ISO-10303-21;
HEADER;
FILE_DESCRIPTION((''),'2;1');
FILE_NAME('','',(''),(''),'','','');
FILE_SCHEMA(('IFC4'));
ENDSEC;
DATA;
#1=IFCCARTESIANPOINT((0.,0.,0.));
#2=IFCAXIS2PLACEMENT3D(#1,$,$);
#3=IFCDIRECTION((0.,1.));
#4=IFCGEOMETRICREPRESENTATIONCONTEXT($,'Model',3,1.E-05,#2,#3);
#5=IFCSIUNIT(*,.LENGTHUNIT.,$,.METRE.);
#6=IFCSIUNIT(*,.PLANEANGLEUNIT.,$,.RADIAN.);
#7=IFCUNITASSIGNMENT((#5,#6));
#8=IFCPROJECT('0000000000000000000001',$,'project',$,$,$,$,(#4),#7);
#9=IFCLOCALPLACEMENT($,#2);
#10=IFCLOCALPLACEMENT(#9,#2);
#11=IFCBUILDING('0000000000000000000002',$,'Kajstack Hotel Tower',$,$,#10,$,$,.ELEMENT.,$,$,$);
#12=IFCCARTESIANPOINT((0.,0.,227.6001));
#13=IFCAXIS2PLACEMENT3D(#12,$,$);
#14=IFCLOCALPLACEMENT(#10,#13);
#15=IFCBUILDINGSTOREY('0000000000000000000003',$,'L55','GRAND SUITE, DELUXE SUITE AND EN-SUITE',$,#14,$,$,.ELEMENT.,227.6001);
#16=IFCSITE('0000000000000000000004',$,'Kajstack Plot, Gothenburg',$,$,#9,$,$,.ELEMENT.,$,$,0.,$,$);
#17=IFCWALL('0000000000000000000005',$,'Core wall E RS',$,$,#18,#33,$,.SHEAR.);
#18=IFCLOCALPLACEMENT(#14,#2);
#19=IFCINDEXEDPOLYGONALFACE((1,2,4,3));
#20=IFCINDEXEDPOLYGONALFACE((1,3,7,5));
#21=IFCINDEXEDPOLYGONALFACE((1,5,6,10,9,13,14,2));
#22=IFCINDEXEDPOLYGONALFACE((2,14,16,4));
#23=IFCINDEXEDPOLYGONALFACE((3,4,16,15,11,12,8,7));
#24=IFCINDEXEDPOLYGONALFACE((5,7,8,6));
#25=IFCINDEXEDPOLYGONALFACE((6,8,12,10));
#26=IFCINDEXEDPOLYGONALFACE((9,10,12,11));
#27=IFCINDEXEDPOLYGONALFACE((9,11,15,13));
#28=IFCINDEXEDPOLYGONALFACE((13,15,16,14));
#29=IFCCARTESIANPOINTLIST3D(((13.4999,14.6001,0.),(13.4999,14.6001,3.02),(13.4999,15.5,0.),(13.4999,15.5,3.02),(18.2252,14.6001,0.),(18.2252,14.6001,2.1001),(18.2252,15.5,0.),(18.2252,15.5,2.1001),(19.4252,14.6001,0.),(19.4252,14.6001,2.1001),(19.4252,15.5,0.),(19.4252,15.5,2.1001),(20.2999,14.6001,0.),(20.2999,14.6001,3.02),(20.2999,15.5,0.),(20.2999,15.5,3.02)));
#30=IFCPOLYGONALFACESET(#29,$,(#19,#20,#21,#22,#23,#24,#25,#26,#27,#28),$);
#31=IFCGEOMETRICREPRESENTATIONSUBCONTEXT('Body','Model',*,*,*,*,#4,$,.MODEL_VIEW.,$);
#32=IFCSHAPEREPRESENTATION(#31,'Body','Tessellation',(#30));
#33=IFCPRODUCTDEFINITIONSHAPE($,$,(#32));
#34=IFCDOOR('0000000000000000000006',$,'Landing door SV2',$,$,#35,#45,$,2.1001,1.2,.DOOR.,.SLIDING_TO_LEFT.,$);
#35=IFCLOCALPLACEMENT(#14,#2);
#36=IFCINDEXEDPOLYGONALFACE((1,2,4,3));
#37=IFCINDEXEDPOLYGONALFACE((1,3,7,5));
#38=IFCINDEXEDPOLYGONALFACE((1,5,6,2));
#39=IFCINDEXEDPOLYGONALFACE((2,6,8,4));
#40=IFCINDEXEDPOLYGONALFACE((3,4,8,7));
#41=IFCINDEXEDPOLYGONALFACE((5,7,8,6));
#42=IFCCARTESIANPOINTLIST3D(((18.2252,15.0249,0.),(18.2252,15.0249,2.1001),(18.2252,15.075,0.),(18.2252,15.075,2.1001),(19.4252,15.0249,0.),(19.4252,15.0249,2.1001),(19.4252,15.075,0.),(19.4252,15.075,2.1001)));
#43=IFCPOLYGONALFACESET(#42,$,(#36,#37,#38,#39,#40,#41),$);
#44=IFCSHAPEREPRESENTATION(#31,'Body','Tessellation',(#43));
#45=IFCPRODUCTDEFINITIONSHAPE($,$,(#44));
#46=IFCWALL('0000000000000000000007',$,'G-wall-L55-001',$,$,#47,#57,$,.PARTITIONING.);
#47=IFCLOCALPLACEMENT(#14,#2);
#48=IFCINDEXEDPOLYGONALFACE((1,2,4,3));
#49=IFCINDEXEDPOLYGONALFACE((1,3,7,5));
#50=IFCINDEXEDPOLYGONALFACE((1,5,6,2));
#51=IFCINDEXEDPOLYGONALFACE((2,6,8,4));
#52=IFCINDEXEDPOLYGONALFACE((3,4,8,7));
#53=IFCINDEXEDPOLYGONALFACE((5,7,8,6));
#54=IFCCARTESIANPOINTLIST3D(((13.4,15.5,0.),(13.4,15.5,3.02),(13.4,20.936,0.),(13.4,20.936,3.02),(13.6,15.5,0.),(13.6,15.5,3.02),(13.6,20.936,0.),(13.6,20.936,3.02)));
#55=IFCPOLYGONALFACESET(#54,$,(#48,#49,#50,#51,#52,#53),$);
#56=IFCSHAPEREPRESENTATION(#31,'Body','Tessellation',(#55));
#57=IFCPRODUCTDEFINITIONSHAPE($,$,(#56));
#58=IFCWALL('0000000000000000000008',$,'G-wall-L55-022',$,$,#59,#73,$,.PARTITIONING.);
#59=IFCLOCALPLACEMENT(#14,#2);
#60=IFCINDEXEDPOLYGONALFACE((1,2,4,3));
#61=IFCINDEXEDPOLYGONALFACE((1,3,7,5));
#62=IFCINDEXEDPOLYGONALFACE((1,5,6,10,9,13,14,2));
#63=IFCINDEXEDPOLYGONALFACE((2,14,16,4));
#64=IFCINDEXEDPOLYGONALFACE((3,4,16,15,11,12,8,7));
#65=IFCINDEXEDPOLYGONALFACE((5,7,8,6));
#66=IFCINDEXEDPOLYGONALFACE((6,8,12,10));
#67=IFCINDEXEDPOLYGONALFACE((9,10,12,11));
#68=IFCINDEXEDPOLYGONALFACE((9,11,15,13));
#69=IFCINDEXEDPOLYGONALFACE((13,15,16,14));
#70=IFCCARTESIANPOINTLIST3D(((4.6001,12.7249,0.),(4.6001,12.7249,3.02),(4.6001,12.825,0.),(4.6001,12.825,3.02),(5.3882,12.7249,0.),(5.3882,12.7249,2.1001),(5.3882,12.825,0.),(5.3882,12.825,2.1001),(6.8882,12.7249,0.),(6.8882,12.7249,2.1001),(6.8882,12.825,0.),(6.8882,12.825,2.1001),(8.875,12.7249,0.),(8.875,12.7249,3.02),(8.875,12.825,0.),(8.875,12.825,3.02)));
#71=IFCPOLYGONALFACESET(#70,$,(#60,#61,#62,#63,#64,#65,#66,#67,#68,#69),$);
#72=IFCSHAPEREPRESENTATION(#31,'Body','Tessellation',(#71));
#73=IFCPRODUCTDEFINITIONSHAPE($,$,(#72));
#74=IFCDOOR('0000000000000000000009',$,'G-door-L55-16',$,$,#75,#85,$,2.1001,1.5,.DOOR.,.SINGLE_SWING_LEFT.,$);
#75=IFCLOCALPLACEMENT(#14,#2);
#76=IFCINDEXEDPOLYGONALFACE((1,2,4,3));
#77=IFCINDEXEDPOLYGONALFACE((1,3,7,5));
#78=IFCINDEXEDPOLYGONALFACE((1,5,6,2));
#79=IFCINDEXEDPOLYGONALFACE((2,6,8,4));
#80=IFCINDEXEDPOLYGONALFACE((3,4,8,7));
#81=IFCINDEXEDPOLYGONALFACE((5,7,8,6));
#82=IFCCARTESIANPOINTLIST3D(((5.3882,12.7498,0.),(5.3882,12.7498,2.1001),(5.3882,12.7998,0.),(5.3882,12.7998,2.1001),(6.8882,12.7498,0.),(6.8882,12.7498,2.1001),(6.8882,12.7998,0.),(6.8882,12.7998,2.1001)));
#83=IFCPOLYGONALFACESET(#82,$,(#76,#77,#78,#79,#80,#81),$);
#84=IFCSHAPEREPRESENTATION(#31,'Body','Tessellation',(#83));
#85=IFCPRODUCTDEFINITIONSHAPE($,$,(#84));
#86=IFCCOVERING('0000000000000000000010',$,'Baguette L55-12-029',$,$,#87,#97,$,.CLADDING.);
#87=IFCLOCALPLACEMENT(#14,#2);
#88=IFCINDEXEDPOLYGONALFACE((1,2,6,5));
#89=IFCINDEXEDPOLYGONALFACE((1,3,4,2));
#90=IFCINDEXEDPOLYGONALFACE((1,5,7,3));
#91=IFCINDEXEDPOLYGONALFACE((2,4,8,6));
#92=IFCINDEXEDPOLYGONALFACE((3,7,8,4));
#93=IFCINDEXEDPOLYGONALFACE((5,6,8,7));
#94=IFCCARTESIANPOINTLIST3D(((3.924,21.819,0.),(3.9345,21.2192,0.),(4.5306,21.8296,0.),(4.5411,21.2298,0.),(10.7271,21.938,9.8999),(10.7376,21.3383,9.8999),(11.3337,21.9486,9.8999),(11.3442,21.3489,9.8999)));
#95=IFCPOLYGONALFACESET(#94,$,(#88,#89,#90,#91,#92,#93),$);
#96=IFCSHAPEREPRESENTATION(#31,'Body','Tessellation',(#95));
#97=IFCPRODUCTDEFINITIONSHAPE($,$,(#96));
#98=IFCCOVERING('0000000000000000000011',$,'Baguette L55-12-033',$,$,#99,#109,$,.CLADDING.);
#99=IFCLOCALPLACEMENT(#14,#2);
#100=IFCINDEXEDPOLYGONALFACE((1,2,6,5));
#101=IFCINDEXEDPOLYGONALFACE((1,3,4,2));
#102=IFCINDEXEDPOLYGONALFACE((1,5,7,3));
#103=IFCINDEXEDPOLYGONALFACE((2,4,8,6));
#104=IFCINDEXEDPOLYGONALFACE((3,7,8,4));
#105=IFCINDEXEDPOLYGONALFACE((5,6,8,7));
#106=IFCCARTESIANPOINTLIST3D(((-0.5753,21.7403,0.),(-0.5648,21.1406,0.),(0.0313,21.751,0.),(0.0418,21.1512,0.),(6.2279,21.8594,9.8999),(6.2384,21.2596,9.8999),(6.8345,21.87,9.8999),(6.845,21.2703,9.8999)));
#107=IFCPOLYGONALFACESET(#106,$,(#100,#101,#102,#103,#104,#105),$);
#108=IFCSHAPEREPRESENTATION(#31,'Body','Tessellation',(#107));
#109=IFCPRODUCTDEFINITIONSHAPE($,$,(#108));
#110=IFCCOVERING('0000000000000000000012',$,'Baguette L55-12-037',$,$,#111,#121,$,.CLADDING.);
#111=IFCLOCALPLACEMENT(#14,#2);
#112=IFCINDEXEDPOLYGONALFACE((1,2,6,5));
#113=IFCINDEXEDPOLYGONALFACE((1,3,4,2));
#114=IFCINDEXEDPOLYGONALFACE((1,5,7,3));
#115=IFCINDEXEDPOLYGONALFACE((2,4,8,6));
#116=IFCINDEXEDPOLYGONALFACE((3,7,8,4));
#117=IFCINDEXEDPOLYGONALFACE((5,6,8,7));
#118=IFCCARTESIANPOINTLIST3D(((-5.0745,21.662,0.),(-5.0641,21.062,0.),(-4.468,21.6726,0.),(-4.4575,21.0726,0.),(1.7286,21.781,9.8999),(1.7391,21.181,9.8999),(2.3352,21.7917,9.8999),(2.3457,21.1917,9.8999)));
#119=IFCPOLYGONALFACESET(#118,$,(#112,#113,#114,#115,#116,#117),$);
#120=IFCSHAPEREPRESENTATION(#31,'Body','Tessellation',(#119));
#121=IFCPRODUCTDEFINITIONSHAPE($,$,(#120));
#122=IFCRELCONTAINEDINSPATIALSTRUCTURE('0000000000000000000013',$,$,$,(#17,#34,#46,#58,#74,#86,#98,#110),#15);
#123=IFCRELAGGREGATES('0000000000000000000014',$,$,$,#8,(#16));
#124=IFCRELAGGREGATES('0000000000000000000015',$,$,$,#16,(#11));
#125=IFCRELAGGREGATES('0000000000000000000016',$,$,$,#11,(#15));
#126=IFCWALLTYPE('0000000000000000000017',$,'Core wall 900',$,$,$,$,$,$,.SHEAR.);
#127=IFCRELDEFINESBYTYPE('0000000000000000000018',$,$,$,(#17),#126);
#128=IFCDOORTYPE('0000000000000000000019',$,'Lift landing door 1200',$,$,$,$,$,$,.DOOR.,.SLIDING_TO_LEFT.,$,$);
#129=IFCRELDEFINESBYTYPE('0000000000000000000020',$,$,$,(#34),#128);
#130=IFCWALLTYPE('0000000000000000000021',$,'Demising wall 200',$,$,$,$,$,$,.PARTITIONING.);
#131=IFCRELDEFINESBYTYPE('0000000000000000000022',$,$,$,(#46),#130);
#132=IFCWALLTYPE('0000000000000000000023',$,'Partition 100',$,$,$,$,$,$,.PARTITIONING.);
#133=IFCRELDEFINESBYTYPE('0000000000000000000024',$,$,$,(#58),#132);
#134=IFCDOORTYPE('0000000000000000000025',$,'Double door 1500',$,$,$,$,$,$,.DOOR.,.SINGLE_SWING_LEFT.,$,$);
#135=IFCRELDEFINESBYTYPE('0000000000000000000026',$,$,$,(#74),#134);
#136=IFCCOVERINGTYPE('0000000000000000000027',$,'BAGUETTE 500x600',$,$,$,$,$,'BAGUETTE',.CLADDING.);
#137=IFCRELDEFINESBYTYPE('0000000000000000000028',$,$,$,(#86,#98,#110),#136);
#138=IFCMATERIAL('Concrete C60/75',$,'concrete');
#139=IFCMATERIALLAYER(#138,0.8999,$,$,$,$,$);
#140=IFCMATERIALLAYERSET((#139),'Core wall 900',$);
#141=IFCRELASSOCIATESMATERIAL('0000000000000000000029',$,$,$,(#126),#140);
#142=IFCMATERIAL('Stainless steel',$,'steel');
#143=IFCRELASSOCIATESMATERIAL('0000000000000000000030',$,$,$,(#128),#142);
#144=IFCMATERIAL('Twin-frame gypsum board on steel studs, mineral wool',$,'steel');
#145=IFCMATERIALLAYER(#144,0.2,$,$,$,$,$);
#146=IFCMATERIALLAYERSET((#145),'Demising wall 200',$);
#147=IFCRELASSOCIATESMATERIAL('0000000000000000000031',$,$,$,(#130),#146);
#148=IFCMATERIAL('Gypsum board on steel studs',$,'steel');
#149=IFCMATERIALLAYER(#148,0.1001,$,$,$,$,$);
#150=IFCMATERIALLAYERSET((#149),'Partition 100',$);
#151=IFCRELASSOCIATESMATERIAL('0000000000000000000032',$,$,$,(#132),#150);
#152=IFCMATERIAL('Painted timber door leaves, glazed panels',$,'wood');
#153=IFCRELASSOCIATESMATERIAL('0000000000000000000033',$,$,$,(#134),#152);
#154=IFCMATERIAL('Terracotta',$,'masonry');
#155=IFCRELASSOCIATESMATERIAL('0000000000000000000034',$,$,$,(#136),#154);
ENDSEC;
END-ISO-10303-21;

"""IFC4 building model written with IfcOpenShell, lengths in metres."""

from ifc_helpers import new_model, si_unit, direction, frame, frame_2d, origin, origin_2d, place, context, subcontext, project, spatial, polyline, rectangle, outline, extrude, material, layer, layer_set, material_profile, profile_set, type_object, element, fill, save


model = new_model("IFC4")

# Units and contexts
model_context = context("Model", 3, precision=1e-05, world=origin(), true_north=direction((0.0, 1.0)))
body_context = subcontext(model_context, "Body", "Model", "MODEL_VIEW")
ifc_project = project(units=[si_unit("LENGTHUNIT", "METRE"), si_unit("PLANEANGLEUNIT", "RADIAN")], contexts=[model_context])

# Site, building, storey
site_placement = place(None, origin())
site = spatial("IfcSite", under=ifc_project, at=site_placement, Name="Kajstack Plot, Gothenburg", CompositionType="ELEMENT", RefElevation=0.0)
building_placement = place(site_placement, origin())
building = spatial("IfcBuilding", under=site, at=building_placement, Name="Kajstack Hotel Tower", CompositionType="ELEMENT")
storey_placement = place(building_placement, frame((0.0, 0.0, 227.6001)))
storey = spatial("IfcBuildingStorey", under=building, at=storey_placement, Name="L55", Description="GRAND SUITE, DELUXE SUITE AND EN-SUITE", CompositionType="ELEMENT", Elevation=227.6001)

# Wall, opening, door
ifc_material_1 = material(Name="Concrete C60/75", Category="concrete")
ifc_layer_1 = layer(ifc_material_1, 0.8999)
ifc_layer_set_1 = layer_set([ifc_layer_1], Name="Core wall 900")
wall_type_1 = type_object("IfcWallType", Name="Core wall 900", PredefinedType="SHEAR", material=ifc_layer_set_1)
wall_1_placement = place(storey_placement, frame((13.5, 15.05, 0.0), z_axis=(0.0, 0.0, 1.0), x_axis=(1.0, 0.0, 0.0)))
wall_1 = element("IfcWall", 1, at=wall_1_placement, inside=storey, type_object=wall_type_1, Name="Core wall E RS", PredefinedType="SHEAR", context=body_context, shape_type="SweptSolid", body=[
    extrude(rectangle(XDim=6.8, YDim=0.8999, at=frame_2d((3.3999, 0.0))), origin(), (0.0, 0.0, 1.0), 3.02),
])
opening_1_placement = place(wall_1_placement, frame((4.7251, 0.0, 0.0)))
opening_1 = element("IfcOpeningElement", 2, at=opening_1_placement, cuts=wall_1, PredefinedType="OPENING", context=body_context, shape_type="SweptSolid", body=[
    extrude(rectangle(XDim=1.2, YDim=2.1001, at=frame_2d((0.6001, 1.05))), frame((0.0, 0.46, 0.0), z_axis=(0.0, -1.0, 0.0), x_axis=(1.0, 0.0, 0.0)), (0.0, 0.0, 1.0), 0.9199),
])
ifc_material_2 = material(Name="Stainless steel", Category="steel")
door_type_1 = type_object("IfcDoorType", Name="Lift landing door 1200", OperationType="SLIDING_TO_LEFT", PredefinedType="DOOR", material=ifc_material_2)
door_1_placement = place(opening_1_placement, origin())
door_1 = element("IfcDoor", 3, at=door_1_placement, inside=storey, type_object=door_type_1, Name="Landing door SV2", OperationType="SLIDING_TO_LEFT", OverallHeight=2.1001, OverallWidth=1.2, PredefinedType="DOOR", context=body_context, shape_type="SweptSolid", body=[
    extrude(rectangle(XDim=1.2, YDim=2.1001, at=frame_2d((0.6001, 1.05))), frame((0.0, 0.0249, 0.0), z_axis=(0.0, -1.0, 0.0), x_axis=(1.0, 0.0, 0.0)), (0.0, 0.0, 1.0), 0.05),
])
fill(opening_1, door_1)

# Wall
ifc_material_3 = material(Name="Twin-frame gypsum board on steel studs, mineral wool", Category="steel")
ifc_layer_2 = layer(ifc_material_3, 0.2)
ifc_layer_set_2 = layer_set([ifc_layer_2], Name="Demising wall 200")
wall_type_2 = type_object("IfcWallType", Name="Demising wall 200", PredefinedType="PARTITIONING", material=ifc_layer_set_2)
wall_2_placement = place(storey_placement, frame((13.5, 15.5, 0.0), z_axis=(0.0, 0.0, 1.0), x_axis=(0.0, 1.0, 0.0)))
element("IfcWall", 4, at=wall_2_placement, inside=storey, type_object=wall_type_2, Name="G-wall-L55-001", PredefinedType="PARTITIONING", context=body_context, shape_type="SweptSolid", body=[
    extrude(rectangle(XDim=5.436, YDim=0.2, at=frame_2d((2.718, 0.0))), origin(), (0.0, 0.0, 1.0), 3.02),
])

# Wall, opening, door
ifc_material_4 = material(Name="Gypsum board on steel studs", Category="steel")
ifc_layer_3 = layer(ifc_material_4, 0.1001)
ifc_layer_set_3 = layer_set([ifc_layer_3], Name="Partition 100")
wall_type_3 = type_object("IfcWallType", Name="Partition 100", PredefinedType="PARTITIONING", material=ifc_layer_set_3)
wall_3_placement = place(storey_placement, frame((4.6001, 12.7749, 0.0), z_axis=(0.0, 0.0, 1.0), x_axis=(1.0, 0.0, 0.0)))
wall_3 = element("IfcWall", 5, at=wall_3_placement, inside=storey, type_object=wall_type_3, Name="G-wall-L55-022", PredefinedType="PARTITIONING", context=body_context, shape_type="SweptSolid", body=[
    extrude(rectangle(XDim=4.2749, YDim=0.1001, at=frame_2d((2.1375, 0.0))), origin(), (0.0, 0.0, 1.0), 3.02),
])
opening_2_placement = place(wall_3_placement, frame((0.7881, 0.0, 0.0)))
opening_2 = element("IfcOpeningElement", 6, at=opening_2_placement, cuts=wall_3, PredefinedType="OPENING", context=body_context, shape_type="SweptSolid", body=[
    extrude(rectangle(XDim=1.5, YDim=2.1001, at=frame_2d((0.75, 1.05))), frame((0.0, 0.0601, 0.0), z_axis=(0.0, -1.0, 0.0), x_axis=(1.0, 0.0, 0.0)), (0.0, 0.0, 1.0), 0.1201),
])
ifc_material_5 = material(Name="Painted timber door leaves, glazed panels", Category="wood")
door_type_2 = type_object("IfcDoorType", Name="Double door 1500", OperationType="SINGLE_SWING_LEFT", PredefinedType="DOOR", material=ifc_material_5)
door_2_placement = place(opening_2_placement, origin())
door_2 = element("IfcDoor", 7, at=door_2_placement, inside=storey, type_object=door_type_2, Name="G-door-L55-16", OperationType="SINGLE_SWING_LEFT", OverallHeight=2.1001, OverallWidth=1.5, PredefinedType="DOOR", context=body_context, shape_type="SweptSolid", body=[
    extrude(rectangle(XDim=1.5, YDim=2.1001, at=frame_2d((0.75, 1.05))), frame((0.0, 0.0249, 0.0), z_axis=(0.0, -1.0, 0.0), x_axis=(1.0, 0.0, 0.0)), (0.0, 0.0, 1.0), 0.05),
])
fill(opening_2, door_2)

# Coverings
ifc_material_6 = material(Name="Terracotta", Category="masonry")
ifc_material_profile = material_profile(ifc_material_6, rectangle(XDim=0.6001, YDim=0.5, at=origin_2d()), Name="Terracotta-clad concrete baguette 500 x 600")
ifc_profile_set = profile_set([ifc_material_profile], Name="Terracotta")
covering_type = type_object("IfcCoveringType", Name="BAGUETTE 500x600", ElementType="BAGUETTE", PredefinedType="CLADDING", material=ifc_profile_set)
for number, where, z_axis, x_axis, name in (
    (8, (11.3442, 21.3489, 0.0), (-0.017498, 0.999847, 0.0), (-0.999847, -0.017498, 0.0), "Baguette L55-12-029"),
    (9, (6.845, 21.2703, 0.0), (-0.017498, 0.999847, 0.0), (-0.999847, -0.017498, 0.0), "Baguette L55-12-033"),
):
    element("IfcCovering", number, at=place(storey_placement, frame(where, z_axis=z_axis, x_axis=x_axis)), inside=storey, type_object=covering_type, Name=name, PredefinedType="CLADDING", context=body_context, shape_type="SweptSolid", body=[
        extrude(outline(polyline([(0.0, 9.8999), (6.8042, 0.0), (7.4109, 0.0), (0.6067, 9.8999), (0.0, 9.8999)])), origin(), (0.0, 0.0, 1.0), 0.5999),
    ])
covering_placement = place(storey_placement, frame((2.3457, 21.1917, 0.0), z_axis=(-0.017491, 0.999847, 0.0), x_axis=(-0.999847, -0.017491, 0.0)))
element("IfcCovering", 10, at=covering_placement, inside=storey, type_object=covering_type, Name="Baguette L55-12-037", PredefinedType="CLADDING", context=body_context, shape_type="SweptSolid", body=[
    extrude(outline(polyline([(0.0, 9.8999), (6.8042, 0.0), (7.4109, 0.0), (0.6067, 9.8999), (0.0, 9.8999)])), origin(), (0.0, 0.0, 1.0), 0.6001),
])

save(model, "model.ifc")
